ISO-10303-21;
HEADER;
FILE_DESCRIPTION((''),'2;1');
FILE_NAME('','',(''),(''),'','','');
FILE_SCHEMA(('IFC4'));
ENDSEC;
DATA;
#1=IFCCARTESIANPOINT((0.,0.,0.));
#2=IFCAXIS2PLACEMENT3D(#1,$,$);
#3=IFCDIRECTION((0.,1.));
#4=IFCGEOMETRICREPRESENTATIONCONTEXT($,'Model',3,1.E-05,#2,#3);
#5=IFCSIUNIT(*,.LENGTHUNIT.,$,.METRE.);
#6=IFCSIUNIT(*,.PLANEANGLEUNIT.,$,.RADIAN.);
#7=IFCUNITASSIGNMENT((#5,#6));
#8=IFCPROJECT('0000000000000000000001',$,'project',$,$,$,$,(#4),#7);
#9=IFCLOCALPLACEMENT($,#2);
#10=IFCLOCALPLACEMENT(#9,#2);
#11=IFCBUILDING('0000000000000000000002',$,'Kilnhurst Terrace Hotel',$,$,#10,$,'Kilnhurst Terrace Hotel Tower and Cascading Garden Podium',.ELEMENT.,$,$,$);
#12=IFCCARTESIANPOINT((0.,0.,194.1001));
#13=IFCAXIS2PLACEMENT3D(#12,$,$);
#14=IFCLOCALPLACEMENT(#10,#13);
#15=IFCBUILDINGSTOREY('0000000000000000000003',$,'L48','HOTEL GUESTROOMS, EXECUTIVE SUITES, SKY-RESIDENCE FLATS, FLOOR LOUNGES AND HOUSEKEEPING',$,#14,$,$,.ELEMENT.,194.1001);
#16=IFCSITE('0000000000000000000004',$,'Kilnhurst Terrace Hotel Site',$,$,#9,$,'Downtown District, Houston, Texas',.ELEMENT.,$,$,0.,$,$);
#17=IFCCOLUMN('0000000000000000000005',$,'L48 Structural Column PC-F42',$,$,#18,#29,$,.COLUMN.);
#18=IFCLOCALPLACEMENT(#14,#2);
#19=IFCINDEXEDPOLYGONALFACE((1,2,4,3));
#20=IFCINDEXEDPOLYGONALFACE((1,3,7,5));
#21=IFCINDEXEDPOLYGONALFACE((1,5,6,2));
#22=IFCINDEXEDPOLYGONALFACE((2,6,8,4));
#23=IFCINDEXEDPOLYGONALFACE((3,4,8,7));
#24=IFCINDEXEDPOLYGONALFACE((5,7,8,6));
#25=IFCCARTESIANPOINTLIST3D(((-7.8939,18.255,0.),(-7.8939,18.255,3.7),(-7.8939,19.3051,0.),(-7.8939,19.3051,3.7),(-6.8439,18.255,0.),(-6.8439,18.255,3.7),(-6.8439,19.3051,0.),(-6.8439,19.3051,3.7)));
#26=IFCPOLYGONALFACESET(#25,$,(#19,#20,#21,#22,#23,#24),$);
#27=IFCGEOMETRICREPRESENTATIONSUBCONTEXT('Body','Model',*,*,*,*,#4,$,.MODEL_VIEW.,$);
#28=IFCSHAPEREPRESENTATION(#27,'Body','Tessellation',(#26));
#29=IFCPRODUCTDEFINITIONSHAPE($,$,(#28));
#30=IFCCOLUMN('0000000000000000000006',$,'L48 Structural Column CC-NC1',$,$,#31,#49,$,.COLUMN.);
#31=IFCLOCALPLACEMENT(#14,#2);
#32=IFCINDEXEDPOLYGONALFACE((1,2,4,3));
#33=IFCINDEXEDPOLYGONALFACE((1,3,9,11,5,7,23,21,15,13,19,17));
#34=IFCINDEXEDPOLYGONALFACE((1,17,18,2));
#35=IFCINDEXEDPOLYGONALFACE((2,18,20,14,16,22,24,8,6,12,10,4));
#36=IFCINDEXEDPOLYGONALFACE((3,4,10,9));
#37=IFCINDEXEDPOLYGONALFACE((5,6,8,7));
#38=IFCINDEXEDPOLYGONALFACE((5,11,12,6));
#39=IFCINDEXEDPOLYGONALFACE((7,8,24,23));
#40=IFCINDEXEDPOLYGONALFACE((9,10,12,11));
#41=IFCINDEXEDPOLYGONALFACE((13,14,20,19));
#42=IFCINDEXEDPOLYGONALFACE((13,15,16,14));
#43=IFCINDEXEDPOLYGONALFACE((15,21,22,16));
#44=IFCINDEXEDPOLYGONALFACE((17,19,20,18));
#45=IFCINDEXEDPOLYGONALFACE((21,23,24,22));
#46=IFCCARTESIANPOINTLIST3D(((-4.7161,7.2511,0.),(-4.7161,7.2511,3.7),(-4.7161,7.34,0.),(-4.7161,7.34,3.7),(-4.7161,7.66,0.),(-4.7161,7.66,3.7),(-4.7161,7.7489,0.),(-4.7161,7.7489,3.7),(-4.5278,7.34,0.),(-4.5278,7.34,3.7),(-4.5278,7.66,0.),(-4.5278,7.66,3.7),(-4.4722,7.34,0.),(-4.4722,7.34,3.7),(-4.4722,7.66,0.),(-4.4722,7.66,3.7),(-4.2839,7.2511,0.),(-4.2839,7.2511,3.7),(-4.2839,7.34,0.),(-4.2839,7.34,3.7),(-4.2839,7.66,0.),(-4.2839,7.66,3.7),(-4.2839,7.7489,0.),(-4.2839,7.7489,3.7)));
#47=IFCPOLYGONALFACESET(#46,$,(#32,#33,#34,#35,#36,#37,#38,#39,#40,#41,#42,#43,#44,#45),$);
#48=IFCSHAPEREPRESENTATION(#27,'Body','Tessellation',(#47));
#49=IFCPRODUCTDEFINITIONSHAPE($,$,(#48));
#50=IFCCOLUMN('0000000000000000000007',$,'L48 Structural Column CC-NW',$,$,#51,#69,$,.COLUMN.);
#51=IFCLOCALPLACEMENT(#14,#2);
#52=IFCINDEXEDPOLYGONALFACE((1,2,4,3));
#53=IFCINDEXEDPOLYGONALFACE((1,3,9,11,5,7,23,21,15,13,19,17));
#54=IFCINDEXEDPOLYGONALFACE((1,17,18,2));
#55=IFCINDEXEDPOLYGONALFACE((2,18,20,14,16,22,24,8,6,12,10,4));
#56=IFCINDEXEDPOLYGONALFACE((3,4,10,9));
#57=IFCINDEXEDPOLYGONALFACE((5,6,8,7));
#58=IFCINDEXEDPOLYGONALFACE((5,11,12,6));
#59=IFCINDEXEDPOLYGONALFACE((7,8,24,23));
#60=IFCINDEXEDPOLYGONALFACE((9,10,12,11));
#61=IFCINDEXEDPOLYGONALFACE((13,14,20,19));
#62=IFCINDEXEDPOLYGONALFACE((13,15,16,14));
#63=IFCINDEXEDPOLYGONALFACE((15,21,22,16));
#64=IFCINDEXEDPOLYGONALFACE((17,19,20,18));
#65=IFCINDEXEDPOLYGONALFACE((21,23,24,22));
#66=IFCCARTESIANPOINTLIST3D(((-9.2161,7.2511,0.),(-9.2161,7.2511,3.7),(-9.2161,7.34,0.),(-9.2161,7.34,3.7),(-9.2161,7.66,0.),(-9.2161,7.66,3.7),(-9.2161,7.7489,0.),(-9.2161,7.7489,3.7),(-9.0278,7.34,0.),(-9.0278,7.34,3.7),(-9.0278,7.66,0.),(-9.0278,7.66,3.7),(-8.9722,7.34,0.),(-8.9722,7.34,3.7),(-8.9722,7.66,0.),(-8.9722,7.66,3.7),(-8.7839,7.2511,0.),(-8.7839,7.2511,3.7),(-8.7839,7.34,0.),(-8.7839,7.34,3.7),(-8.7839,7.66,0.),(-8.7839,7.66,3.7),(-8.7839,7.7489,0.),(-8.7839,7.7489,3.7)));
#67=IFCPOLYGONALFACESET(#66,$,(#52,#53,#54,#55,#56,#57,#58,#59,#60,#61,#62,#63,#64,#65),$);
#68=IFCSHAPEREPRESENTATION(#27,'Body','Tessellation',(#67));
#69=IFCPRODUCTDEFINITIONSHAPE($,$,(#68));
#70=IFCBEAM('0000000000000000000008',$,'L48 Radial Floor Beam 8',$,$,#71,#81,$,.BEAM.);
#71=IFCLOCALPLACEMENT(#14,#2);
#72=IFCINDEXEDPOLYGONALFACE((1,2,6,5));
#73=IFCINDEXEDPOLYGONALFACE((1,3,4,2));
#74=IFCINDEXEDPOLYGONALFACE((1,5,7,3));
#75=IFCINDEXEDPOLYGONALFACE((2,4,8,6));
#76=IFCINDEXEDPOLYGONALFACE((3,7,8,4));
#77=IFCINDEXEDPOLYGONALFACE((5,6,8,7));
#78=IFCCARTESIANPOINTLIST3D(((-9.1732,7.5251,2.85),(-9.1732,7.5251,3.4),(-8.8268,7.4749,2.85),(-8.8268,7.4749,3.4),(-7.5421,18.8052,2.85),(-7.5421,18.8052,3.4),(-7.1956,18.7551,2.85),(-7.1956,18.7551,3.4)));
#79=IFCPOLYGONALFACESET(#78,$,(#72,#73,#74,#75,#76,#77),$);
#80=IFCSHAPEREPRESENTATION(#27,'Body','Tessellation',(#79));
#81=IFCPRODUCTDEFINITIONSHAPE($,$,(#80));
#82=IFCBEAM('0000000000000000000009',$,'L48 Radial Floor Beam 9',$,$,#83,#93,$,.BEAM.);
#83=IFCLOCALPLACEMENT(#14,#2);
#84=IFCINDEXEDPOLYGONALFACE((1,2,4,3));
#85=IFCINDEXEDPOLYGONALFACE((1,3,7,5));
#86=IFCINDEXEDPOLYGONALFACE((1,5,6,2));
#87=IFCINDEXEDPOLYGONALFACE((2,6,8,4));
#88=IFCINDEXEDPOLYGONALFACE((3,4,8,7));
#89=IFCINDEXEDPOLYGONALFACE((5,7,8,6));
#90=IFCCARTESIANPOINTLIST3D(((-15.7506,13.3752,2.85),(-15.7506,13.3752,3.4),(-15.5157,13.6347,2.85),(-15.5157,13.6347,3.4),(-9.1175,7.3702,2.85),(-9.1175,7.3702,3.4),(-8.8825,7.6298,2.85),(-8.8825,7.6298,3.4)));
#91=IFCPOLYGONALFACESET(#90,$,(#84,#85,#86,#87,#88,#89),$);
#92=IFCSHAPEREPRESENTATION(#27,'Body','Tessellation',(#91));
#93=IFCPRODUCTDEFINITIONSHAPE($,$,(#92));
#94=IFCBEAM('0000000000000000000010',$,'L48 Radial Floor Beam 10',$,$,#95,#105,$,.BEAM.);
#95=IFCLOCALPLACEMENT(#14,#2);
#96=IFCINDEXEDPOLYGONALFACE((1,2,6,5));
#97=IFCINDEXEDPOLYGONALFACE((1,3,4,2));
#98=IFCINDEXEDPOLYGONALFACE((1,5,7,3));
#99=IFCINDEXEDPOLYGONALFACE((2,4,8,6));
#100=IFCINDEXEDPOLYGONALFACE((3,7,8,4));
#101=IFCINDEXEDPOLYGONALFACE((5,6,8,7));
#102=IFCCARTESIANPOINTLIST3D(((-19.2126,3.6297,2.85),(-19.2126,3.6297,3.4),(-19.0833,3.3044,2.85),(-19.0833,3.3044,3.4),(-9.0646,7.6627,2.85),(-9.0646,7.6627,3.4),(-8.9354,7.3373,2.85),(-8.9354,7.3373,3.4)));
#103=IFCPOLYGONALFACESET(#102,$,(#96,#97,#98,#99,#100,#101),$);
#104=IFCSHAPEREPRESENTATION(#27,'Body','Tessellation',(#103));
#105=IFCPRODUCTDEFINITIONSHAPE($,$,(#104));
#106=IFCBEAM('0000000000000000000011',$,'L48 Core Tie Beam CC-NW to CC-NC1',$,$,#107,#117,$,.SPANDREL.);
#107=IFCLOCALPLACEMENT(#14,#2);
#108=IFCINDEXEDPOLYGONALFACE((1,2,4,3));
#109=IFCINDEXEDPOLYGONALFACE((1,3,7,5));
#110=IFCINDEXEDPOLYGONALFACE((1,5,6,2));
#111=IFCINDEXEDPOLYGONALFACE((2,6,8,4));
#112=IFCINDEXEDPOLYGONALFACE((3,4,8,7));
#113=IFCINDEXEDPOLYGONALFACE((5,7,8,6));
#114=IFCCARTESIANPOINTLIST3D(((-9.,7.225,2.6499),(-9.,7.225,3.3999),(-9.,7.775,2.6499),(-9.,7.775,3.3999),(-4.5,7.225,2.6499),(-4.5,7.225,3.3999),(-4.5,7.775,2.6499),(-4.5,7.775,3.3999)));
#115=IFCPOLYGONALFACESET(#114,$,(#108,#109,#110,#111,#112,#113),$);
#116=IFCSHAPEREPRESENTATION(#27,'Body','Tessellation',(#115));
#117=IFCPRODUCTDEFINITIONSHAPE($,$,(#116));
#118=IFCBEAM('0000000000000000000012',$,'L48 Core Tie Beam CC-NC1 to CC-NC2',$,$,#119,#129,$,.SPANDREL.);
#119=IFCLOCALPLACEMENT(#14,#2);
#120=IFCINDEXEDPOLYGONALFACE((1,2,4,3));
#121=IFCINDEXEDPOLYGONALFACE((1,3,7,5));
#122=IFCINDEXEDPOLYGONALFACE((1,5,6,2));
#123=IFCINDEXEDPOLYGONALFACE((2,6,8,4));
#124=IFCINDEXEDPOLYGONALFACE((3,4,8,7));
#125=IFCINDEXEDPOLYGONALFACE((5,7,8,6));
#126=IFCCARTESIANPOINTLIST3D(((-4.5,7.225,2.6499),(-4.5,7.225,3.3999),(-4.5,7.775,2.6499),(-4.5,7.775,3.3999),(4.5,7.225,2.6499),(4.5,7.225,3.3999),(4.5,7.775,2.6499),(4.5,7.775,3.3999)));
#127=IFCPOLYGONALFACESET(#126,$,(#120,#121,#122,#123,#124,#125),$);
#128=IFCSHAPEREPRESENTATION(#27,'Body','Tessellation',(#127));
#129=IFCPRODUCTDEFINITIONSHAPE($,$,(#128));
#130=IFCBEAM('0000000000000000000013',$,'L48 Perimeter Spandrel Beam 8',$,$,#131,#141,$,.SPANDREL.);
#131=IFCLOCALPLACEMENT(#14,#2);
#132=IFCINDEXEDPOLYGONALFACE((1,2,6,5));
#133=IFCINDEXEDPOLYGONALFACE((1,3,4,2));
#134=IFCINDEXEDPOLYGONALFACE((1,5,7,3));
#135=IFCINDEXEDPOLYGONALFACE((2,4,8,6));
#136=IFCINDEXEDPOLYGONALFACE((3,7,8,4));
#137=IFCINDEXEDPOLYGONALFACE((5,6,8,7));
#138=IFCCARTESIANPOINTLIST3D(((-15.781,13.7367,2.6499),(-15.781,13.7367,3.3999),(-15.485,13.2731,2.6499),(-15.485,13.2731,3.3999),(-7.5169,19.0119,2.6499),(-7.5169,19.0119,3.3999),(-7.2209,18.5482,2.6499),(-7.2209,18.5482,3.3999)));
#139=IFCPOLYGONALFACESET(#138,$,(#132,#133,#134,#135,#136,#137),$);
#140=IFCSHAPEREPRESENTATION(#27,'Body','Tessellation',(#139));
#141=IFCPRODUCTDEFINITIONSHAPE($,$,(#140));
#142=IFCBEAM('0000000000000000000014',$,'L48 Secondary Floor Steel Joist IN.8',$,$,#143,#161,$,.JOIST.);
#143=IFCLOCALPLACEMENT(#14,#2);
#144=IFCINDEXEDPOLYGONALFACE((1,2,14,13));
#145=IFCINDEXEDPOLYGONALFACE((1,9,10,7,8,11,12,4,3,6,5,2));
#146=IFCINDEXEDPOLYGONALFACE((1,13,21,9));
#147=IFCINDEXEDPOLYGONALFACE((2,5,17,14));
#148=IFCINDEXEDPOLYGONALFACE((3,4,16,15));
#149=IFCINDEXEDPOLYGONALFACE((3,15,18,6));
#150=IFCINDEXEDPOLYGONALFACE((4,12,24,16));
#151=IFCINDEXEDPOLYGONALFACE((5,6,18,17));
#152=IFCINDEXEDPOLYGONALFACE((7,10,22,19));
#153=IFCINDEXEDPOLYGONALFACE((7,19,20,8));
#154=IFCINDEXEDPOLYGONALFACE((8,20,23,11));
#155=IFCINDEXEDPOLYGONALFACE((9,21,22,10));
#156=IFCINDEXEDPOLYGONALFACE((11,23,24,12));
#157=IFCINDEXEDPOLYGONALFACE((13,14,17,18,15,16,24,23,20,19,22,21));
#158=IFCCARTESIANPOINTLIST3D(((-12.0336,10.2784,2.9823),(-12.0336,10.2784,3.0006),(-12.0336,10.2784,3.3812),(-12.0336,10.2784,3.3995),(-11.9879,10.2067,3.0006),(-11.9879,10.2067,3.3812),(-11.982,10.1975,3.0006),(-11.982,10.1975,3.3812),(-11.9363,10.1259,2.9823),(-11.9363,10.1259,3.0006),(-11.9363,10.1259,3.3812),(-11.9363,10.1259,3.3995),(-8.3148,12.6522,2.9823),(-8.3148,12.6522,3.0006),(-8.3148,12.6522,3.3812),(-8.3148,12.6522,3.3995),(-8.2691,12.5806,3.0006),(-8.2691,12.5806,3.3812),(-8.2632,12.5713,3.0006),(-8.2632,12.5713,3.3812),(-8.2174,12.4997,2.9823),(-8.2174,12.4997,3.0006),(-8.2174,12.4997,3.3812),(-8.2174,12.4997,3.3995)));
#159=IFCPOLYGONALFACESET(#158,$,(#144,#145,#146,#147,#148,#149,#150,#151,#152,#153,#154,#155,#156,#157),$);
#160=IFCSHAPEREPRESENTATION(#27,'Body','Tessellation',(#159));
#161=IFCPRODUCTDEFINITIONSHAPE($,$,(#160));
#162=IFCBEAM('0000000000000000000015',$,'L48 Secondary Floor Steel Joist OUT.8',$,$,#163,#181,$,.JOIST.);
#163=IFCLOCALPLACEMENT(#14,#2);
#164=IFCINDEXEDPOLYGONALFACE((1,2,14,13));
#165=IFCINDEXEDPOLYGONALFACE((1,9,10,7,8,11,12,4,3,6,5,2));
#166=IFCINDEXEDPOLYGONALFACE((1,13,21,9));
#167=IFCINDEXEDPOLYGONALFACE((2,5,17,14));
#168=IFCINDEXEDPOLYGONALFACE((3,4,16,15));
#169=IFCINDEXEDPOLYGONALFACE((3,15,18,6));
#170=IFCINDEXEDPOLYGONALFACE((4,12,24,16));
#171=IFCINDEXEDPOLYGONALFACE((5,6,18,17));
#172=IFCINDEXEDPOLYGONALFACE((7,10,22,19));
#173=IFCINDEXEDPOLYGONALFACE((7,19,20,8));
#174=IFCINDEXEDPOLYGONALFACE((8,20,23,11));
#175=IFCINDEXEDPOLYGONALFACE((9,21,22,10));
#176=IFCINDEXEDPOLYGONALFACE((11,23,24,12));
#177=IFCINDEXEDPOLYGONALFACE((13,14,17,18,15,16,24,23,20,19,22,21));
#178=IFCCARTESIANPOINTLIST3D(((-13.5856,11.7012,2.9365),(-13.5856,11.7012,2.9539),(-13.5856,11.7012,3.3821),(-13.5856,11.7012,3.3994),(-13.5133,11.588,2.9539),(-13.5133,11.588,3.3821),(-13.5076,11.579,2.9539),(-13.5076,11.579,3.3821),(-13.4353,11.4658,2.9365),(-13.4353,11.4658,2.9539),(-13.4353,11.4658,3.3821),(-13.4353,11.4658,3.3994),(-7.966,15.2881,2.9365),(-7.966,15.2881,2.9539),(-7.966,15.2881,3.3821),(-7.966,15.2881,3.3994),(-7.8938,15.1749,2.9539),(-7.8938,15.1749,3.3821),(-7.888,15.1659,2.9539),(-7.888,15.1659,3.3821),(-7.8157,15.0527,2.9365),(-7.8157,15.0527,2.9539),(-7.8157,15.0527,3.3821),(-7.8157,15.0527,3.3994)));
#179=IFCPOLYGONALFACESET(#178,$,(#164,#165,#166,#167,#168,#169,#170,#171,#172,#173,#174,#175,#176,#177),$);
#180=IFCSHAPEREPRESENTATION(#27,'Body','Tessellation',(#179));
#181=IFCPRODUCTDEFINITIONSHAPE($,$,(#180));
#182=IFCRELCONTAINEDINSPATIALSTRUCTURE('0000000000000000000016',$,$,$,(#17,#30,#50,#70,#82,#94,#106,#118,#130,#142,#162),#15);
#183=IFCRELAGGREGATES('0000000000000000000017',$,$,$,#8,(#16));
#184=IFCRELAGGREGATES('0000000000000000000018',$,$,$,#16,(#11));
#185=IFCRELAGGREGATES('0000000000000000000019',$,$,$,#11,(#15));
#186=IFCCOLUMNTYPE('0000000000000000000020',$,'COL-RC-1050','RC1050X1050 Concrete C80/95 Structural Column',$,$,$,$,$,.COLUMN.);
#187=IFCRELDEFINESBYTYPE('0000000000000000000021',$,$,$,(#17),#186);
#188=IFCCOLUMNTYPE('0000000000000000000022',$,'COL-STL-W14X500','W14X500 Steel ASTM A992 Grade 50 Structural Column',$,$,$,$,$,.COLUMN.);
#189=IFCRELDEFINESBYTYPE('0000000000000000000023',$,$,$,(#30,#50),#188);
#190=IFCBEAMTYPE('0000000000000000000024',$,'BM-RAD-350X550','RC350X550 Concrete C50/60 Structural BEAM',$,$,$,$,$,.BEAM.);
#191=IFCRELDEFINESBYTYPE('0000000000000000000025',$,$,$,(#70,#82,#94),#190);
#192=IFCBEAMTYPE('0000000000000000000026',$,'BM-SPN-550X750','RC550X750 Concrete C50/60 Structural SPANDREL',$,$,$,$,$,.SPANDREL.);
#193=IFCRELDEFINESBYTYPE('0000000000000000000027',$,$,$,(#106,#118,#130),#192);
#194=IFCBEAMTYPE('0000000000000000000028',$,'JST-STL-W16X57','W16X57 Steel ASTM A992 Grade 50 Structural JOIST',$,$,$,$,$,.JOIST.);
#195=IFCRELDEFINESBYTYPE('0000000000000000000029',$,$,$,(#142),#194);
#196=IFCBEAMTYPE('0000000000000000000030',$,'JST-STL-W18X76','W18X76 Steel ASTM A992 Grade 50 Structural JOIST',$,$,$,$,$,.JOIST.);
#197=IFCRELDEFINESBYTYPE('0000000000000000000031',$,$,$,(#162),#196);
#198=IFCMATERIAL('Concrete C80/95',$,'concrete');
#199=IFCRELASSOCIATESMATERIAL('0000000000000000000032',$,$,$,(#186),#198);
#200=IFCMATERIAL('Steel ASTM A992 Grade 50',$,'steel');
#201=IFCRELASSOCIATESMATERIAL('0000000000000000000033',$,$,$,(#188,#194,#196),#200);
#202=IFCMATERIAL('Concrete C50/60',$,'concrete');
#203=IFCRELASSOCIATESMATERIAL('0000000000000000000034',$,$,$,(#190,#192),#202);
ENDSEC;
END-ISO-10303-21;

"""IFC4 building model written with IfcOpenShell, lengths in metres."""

from ifc_helpers import new_model, si_unit, direction, frame, origin, origin_2d, place, context, subcontext, project, spatial, rectangle, i_section, extrude, material, material_profile, profile_set, type_object, element, save


model = new_model("IFC4")

# Units and contexts
model_context = context("Model", 3, precision=1e-05, world=origin(), true_north=direction((0.0, 1.0)))
body_context = subcontext(model_context, "Body", "Model", "MODEL_VIEW")
ifc_project = project(units=[si_unit("LENGTHUNIT", "METRE"), si_unit("PLANEANGLEUNIT", "RADIAN")], contexts=[model_context])

# Site, building, storey
site_placement = place(None, origin())
site = spatial("IfcSite", under=ifc_project, at=site_placement, Name="Kilnhurst Terrace Hotel Site", LongName="Downtown District, Houston, Texas", CompositionType="ELEMENT", RefElevation=0.0)
building_placement = place(site_placement, origin())
building = spatial("IfcBuilding", under=site, at=building_placement, Name="Kilnhurst Terrace Hotel", LongName="Kilnhurst Terrace Hotel Tower and Cascading Garden Podium", CompositionType="ELEMENT")
storey_placement = place(building_placement, frame((0.0, 0.0, 194.1001)))
storey = spatial("IfcBuildingStorey", under=building, at=storey_placement, Name="L48", Description="HOTEL GUESTROOMS, EXECUTIVE SUITES, SKY-RESIDENCE FLATS, FLOOR LOUNGES AND HOUSEKEEPING", CompositionType="ELEMENT", Elevation=194.1001)

# Columns
ifc_material_1 = material(Name="Concrete C80/95", Category="concrete")
ifc_material_profile_1 = material_profile(ifc_material_1, rectangle(XDim=1.05, YDim=1.05, at=origin_2d()), Name="RC1050X1050")
ifc_profile_set_1 = profile_set([ifc_material_profile_1], Name="Concrete C80/95")
column_type_1 = type_object("IfcColumnType", Name="COL-RC-1050", Description="RC1050X1050 Concrete C80/95 Structural Column", PredefinedType="COLUMN", material=ifc_profile_set_1)
column_placement = place(storey_placement, frame((-7.3689, 18.78, 0.0), z_axis=(0.0, 0.0, 1.0), x_axis=(1.0, 0.0, 0.0)))
element("IfcColumn", 1, at=column_placement, inside=storey, type_object=column_type_1, Name="L48 Structural Column PC-F42", PredefinedType="COLUMN", context=body_context, shape_type="SweptSolid", body=[
    extrude(rectangle(XDim=1.05, YDim=1.05, at=origin_2d()), origin(), (0.0, 0.0, 1.0), 3.7),
])
ifc_material_2 = material(Name="Steel ASTM A992 Grade 50", Category="steel")
ifc_material_profile_2 = material_profile(ifc_material_2, i_section(OverallWidth=0.4321, OverallDepth=0.4978, WebThickness=0.0557, FlangeThickness=0.0889, at=origin_2d()), Name="W14X500")
ifc_profile_set_2 = profile_set([ifc_material_profile_2], Name="Steel ASTM A992 Grade 50")
column_type_2 = type_object("IfcColumnType", Name="COL-STL-W14X500", Description="W14X500 Steel ASTM A992 Grade 50 Structural Column", PredefinedType="COLUMN", material=ifc_profile_set_2)
for number, where, z_axis, x_axis, name in (
    (2, (-4.5, 7.5, 0.0), (0.0, 0.0, 1.0), (1.0, 0.0, 0.0), "L48 Structural Column CC-NC1"),
    (3, (-9.0, 7.5, 0.0), (0.0, 0.0, 1.0), (1.0, 0.0, 0.0), "L48 Structural Column CC-NW"),
):
    element("IfcColumn", number, at=place(storey_placement, frame(where, z_axis=z_axis, x_axis=x_axis)), inside=storey, type_object=column_type_2, Name=name, PredefinedType="COLUMN", context=body_context, shape_type="SweptSolid", body=[
        extrude(i_section(OverallWidth=0.4321, OverallDepth=0.4978, WebThickness=0.0557, FlangeThickness=0.0889, at=origin_2d()), origin(), (0.0, 0.0, 1.0), 3.7),
    ])

# Beams
ifc_material_3 = material(Name="Concrete C50/60", Category="concrete")
ifc_material_profile_3 = material_profile(ifc_material_3, rectangle(XDim=0.3501, YDim=0.55, at=origin_2d()), Name="RC350X550")
ifc_profile_set_3 = profile_set([ifc_material_profile_3], Name="Concrete C50/60")
beam_type_1 = type_object("IfcBeamType", Name="BM-RAD-350X550", Description="RC350X550 Concrete C50/60 Structural BEAM", PredefinedType="BEAM", material=ifc_profile_set_3)
beam_1_placement = place(storey_placement, frame((-9.0, 7.5, 3.125), z_axis=(0.143113, 0.989706, 0.0), x_axis=(-0.989706, 0.143113, 0.0)))
element("IfcBeam", 4, at=beam_1_placement, inside=storey, type_object=beam_type_1, Name="L48 Radial Floor Beam 8", PredefinedType="BEAM", context=body_context, shape_type="SweptSolid", body=[
    extrude(rectangle(XDim=0.3501, YDim=0.55, at=origin_2d()), origin(), (0.0, 0.0, 1.0), 11.3975),
])
beam_2_placement = place(storey_placement, frame((-9.0, 7.5, 3.125), z_axis=(-0.741339, 0.671131, 0.0), x_axis=(-0.671131, -0.741339, 0.0)))
element("IfcBeam", 5, at=beam_2_placement, inside=storey, type_object=beam_type_1, Name="L48 Radial Floor Beam 9", PredefinedType="BEAM", context=body_context, shape_type="SweptSolid", body=[
    extrude(rectangle(XDim=0.3501, YDim=0.55, at=origin_2d()), origin(), (0.0, 0.0, 1.0), 8.9475),
])
beam_3_placement = place(storey_placement, frame((-9.0, 7.5, 3.125), z_axis=(-0.929302, -0.36932, 0.0), x_axis=(0.36932, -0.929302, 0.0)))
element("IfcBeam", 6, at=beam_3_placement, inside=storey, type_object=beam_type_1, Name="L48 Radial Floor Beam 10", PredefinedType="BEAM", context=body_context, shape_type="SweptSolid", body=[
    extrude(rectangle(XDim=0.3501, YDim=0.55, at=origin_2d()), origin(), (0.0, 0.0, 1.0), 10.9199),
])
ifc_material_profile_4 = material_profile(ifc_material_3, rectangle(XDim=0.55, YDim=0.75, at=origin_2d()), Name="RC550X750")
ifc_profile_set_4 = profile_set([ifc_material_profile_4], Name="Concrete C50/60")
beam_type_2 = type_object("IfcBeamType", Name="BM-SPN-550X750", Description="RC550X750 Concrete C50/60 Structural SPANDREL", PredefinedType="SPANDREL", material=ifc_profile_set_4)
beam_4_placement = place(storey_placement, frame((-9.0, 7.5, 3.0249), z_axis=(1.0, 0.0, 0.0), x_axis=(0.0, 1.0, 0.0)))
element("IfcBeam", 7, at=beam_4_placement, inside=storey, type_object=beam_type_2, Name="L48 Core Tie Beam CC-NW to CC-NC1", PredefinedType="SPANDREL", context=body_context, shape_type="SweptSolid", body=[
    extrude(rectangle(XDim=0.55, YDim=0.75, at=origin_2d()), origin(), (0.0, 0.0, 1.0), 4.5),
])
beam_5_placement = place(storey_placement, frame((-4.5, 7.5, 3.0249), z_axis=(1.0, 0.0, 0.0), x_axis=(0.0, 1.0, 0.0)))
element("IfcBeam", 8, at=beam_5_placement, inside=storey, type_object=beam_type_2, Name="L48 Core Tie Beam CC-NC1 to CC-NC2", PredefinedType="SPANDREL", context=body_context, shape_type="SweptSolid", body=[
    extrude(rectangle(XDim=0.55, YDim=0.75, at=origin_2d()), origin(), (0.0, 0.0, 1.0), 9.0),
])
beam_6_placement = place(storey_placement, frame((-7.3689, 18.78, 3.0249), z_axis=(-0.842915, -0.538046, 0.0), x_axis=(0.538046, -0.842915, 0.0)))
element("IfcBeam", 9, at=beam_6_placement, inside=storey, type_object=beam_type_2, Name="L48 Perimeter Spandrel Beam 8", PredefinedType="SPANDREL", context=body_context, shape_type="SweptSolid", body=[
    extrude(rectangle(XDim=0.55, YDim=0.75, at=origin_2d()), origin(), (0.0, 0.0, 1.0), 9.8042),
])
ifc_material_profile_5 = material_profile(ifc_material_2, i_section(OverallWidth=0.1809, OverallDepth=0.4172, WebThickness=0.011, FlangeThickness=0.0183, at=origin_2d()), Name="W16X57")
ifc_profile_set_5 = profile_set([ifc_material_profile_5], Name="Steel ASTM A992 Grade 50")
beam_type_3 = type_object("IfcBeamType", Name="JST-STL-W16X57", Description="W16X57 Steel ASTM A992 Grade 50 Structural JOIST", PredefinedType="JOIST", material=ifc_profile_set_5)
beam_7_placement = place(storey_placement, frame((-8.2661, 12.5759, 3.1909), z_axis=(-0.842911, -0.538053, 0.0), x_axis=(0.538053, -0.842911, 0.0)))
element("IfcBeam", 10, at=beam_7_placement, inside=storey, type_object=beam_type_3, Name="L48 Secondary Floor Steel Joist IN.8", PredefinedType="JOIST", context=body_context, shape_type="SweptSolid", body=[
    extrude(i_section(OverallWidth=0.1809, OverallDepth=0.4172, WebThickness=0.011, FlangeThickness=0.0183, at=origin_2d()), origin(), (0.0, 0.0, 1.0), 4.4119),
])
ifc_material_profile_6 = material_profile(ifc_material_2, i_section(OverallWidth=0.2793, OverallDepth=0.4629, WebThickness=0.0107, FlangeThickness=0.0173, at=origin_2d()), Name="W18X76")
ifc_profile_set_6 = profile_set([ifc_material_profile_6], Name="Steel ASTM A992 Grade 50")
beam_type_4 = type_object("IfcBeamType", Name="JST-STL-W18X76", Description="W18X76 Steel ASTM A992 Grade 50 Structural JOIST", PredefinedType="JOIST", material=ifc_profile_set_6)
beam_8_placement = place(storey_placement, frame((-7.8909, 15.1704, 3.168), z_axis=(-0.842928, -0.538027, 0.0), x_axis=(0.538027, -0.842928, 0.0)))
element("IfcBeam", 11, at=beam_8_placement, inside=storey, type_object=beam_type_4, Name="L48 Secondary Floor Steel Joist OUT.8", PredefinedType="JOIST", context=body_context, shape_type="SweptSolid", body=[
    extrude(i_section(OverallWidth=0.2793, OverallDepth=0.4629, WebThickness=0.0107, FlangeThickness=0.0173, at=origin_2d()), origin(), (0.0, 0.0, 1.0), 6.6667),
])

save(model, "model.ifc")
